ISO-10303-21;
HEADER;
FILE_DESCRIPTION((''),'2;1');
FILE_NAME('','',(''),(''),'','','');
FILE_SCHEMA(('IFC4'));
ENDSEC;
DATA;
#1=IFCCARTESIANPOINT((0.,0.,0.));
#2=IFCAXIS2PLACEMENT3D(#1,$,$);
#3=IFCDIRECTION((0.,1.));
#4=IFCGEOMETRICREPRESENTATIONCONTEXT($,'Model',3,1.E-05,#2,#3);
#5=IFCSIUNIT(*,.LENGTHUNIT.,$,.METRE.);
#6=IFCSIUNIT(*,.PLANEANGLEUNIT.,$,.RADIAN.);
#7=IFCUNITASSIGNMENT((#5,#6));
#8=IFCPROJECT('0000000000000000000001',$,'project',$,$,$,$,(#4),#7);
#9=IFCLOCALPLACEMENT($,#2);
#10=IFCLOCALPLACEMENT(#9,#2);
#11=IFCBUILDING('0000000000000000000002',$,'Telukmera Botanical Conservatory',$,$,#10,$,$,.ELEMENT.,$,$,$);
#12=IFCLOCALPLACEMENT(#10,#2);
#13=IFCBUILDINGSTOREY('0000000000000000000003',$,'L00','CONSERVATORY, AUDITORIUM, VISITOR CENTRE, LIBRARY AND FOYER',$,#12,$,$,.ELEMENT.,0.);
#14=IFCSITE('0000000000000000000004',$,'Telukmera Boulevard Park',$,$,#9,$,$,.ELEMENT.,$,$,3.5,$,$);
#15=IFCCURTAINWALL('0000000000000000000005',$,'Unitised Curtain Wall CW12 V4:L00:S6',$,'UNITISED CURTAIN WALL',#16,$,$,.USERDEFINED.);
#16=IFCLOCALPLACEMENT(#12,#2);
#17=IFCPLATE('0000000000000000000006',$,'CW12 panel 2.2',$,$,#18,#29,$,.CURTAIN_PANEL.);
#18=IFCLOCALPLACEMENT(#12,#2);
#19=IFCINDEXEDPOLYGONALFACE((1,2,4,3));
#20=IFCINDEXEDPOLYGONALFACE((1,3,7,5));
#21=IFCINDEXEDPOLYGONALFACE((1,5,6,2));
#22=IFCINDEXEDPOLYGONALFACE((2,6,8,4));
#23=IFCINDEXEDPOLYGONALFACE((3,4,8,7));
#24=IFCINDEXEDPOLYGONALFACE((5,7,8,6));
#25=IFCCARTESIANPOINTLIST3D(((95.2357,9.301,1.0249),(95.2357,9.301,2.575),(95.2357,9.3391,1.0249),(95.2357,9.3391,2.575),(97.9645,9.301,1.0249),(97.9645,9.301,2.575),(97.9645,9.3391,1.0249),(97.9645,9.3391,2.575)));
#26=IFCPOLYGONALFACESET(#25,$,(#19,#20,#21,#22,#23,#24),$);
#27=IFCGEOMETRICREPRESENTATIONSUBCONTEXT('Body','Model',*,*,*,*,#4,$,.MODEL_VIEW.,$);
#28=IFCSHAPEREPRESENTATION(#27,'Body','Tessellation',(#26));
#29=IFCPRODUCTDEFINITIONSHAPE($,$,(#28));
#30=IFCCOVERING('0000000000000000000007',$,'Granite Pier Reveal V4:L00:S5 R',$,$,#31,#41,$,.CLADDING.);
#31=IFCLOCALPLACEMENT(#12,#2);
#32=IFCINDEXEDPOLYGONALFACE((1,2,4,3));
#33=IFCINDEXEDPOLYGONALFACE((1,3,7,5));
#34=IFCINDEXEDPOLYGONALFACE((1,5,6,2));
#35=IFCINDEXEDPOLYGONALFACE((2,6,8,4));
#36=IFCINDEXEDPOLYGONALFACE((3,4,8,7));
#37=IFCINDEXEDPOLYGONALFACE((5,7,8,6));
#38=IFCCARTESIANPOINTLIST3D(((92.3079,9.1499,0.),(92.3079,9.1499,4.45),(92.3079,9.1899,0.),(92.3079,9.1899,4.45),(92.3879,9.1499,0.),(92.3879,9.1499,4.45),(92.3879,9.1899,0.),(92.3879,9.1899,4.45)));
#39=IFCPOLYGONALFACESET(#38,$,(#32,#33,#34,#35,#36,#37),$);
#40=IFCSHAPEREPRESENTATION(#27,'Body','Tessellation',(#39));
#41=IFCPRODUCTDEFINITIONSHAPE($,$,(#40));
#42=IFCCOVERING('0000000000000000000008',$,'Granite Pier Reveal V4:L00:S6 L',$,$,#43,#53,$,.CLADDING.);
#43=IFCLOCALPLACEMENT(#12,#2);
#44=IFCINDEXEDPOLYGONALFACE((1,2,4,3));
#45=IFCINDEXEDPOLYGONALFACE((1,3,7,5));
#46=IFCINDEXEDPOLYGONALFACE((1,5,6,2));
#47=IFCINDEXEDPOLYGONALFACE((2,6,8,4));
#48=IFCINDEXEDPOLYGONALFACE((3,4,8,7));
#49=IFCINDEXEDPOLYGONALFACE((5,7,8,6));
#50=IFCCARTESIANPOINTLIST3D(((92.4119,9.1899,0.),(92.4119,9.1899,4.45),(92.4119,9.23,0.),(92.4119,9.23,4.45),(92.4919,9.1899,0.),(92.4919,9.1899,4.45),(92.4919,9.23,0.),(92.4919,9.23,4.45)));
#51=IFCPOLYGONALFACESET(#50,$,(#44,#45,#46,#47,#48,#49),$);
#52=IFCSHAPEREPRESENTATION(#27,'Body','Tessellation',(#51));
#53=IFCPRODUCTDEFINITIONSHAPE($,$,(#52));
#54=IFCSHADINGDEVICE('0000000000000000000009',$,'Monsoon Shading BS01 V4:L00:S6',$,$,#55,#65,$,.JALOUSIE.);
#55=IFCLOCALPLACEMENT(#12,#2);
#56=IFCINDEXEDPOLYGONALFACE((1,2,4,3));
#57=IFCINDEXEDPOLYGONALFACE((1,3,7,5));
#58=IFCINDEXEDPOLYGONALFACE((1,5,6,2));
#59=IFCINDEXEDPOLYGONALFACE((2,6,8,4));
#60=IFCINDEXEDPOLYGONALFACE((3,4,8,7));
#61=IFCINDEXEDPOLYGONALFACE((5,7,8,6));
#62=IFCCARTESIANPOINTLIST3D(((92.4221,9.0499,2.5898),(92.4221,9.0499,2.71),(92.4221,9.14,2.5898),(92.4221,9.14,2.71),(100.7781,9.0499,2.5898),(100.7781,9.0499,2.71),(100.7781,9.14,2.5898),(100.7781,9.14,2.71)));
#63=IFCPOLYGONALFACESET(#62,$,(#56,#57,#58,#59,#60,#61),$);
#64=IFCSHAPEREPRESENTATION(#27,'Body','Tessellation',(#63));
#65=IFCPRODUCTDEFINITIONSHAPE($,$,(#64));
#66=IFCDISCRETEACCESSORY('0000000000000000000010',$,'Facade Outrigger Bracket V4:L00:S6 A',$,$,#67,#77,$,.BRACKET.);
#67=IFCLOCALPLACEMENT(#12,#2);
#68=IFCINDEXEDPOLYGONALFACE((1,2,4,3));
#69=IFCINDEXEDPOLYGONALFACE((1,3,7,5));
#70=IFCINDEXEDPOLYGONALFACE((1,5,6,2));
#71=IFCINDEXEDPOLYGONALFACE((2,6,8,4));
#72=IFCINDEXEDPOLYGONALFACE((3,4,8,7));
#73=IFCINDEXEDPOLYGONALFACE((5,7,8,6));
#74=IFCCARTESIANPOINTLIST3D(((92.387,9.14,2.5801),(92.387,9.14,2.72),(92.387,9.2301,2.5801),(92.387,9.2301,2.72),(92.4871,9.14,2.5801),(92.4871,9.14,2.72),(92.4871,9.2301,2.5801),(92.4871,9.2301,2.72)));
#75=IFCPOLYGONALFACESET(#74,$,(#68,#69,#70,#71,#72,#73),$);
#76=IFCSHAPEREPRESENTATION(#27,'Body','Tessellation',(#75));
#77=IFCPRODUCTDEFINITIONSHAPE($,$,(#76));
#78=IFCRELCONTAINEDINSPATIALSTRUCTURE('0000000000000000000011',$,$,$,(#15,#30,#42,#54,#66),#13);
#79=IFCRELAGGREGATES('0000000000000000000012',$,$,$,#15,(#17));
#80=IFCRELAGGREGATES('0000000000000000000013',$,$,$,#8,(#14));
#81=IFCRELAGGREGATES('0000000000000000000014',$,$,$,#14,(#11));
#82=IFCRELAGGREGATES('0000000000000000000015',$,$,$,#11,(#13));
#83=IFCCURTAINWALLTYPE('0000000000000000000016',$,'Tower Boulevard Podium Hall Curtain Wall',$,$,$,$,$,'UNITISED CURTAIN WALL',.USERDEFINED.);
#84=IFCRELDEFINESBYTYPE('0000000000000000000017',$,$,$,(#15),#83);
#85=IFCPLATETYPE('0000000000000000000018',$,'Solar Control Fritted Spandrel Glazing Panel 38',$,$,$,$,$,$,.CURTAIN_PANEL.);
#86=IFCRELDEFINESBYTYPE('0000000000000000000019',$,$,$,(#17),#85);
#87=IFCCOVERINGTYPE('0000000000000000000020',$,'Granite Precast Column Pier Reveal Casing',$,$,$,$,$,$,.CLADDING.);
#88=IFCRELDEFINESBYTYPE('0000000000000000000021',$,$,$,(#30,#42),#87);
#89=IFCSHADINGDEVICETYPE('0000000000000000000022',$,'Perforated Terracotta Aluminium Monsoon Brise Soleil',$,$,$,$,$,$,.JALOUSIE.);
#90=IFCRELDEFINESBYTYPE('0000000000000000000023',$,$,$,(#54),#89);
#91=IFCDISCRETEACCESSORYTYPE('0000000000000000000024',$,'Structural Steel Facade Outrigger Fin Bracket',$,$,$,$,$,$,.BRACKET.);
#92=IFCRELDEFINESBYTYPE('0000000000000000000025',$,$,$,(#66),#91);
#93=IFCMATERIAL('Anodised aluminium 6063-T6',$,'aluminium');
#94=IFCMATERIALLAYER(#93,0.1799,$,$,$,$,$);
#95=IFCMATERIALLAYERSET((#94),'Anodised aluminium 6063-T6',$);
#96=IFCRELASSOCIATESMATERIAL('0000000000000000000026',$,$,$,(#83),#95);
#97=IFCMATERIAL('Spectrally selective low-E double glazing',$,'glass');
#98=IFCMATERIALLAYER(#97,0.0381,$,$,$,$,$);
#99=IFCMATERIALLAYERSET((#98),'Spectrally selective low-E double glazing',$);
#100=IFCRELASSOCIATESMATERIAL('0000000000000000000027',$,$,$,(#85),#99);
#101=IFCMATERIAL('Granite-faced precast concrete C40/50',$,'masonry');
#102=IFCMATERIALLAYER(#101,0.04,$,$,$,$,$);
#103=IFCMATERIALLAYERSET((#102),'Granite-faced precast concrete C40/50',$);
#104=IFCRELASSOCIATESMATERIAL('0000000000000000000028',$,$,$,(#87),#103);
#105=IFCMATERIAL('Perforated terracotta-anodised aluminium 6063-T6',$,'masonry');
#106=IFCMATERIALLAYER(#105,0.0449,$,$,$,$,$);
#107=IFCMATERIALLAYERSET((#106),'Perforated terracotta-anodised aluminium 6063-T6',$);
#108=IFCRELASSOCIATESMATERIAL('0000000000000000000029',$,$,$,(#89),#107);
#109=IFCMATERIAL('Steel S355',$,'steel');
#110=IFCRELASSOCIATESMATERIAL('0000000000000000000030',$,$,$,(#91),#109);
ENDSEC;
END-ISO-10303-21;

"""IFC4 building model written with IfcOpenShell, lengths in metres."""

from ifc_helpers import new_model, si_unit, direction, frame, origin, origin_2d, place, context, subcontext, project, spatial, rectangle, extrude, material, layer, layer_set, type_object, element, aggregate, save


model = new_model("IFC4")

# Units and contexts
model_context = context("Model", 3, precision=1e-05, world=origin(), true_north=direction((0.0, 1.0)))
body_context = subcontext(model_context, "Body", "Model", "MODEL_VIEW")
ifc_project = project(units=[si_unit("LENGTHUNIT", "METRE"), si_unit("PLANEANGLEUNIT", "RADIAN")], contexts=[model_context])

# Site, building, storey
site_placement = place(None, origin())
site = spatial("IfcSite", under=ifc_project, at=site_placement, Name="Telukmera Boulevard Park", CompositionType="ELEMENT", RefElevation=3.5)
building_placement = place(site_placement, origin())
building = spatial("IfcBuilding", under=site, at=building_placement, Name="Telukmera Botanical Conservatory", CompositionType="ELEMENT")
storey_placement = place(building_placement, origin())
storey = spatial("IfcBuildingStorey", under=building, at=storey_placement, Name="L00", Description="CONSERVATORY, AUDITORIUM, VISITOR CENTRE, LIBRARY AND FOYER", CompositionType="ELEMENT", Elevation=0.0)

# Curtain wall, plate
ifc_material_1 = material(Name="Anodised aluminium 6063-T6", Category="aluminium")
ifc_layer_1 = layer(ifc_material_1, 0.1799)
ifc_layer_set_1 = layer_set([ifc_layer_1], Name="Anodised aluminium 6063-T6")
curtain_wall_type = type_object("IfcCurtainWallType", Name="Tower Boulevard Podium Hall Curtain Wall", ElementType="UNITISED CURTAIN WALL", PredefinedType="USERDEFINED", material=ifc_layer_set_1)
curtain_wall_placement = place(storey_placement, origin())
curtain_wall = element("IfcCurtainWall", 1, at=curtain_wall_placement, inside=storey, type_object=curtain_wall_type, Name="Unitised Curtain Wall CW12 V4:L00:S6", ObjectType="UNITISED CURTAIN WALL", PredefinedType="USERDEFINED")
ifc_material_2 = material(Name="Spectrally selective low-E double glazing", Category="glass")
ifc_layer_2 = layer(ifc_material_2, 0.0381)
ifc_layer_set_2 = layer_set([ifc_layer_2], Name="Spectrally selective low-E double glazing")
plate_type = type_object("IfcPlateType", Name="Solar Control Fritted Spandrel Glazing Panel 38", PredefinedType="CURTAIN_PANEL", material=ifc_layer_set_2)
plate_1_placement = place(storey_placement, frame((96.6001, 9.3201, 1.0249), z_axis=(0.0, 0.0, 1.0), x_axis=(1.0, 0.0, 0.0)))
plate_1 = element("IfcPlate", 2, at=plate_1_placement, type_object=plate_type, Name="CW12 panel 2.2", PredefinedType="CURTAIN_PANEL", context=body_context, shape_type="SweptSolid", body=[
    extrude(rectangle(XDim=2.7288, YDim=0.0381, at=origin_2d()), origin(), (0.0, 0.0, 1.0), 1.55),
])
aggregate(curtain_wall, [plate_1])

# Coverings
ifc_material_3 = material(Name="Granite-faced precast concrete C40/50", Category="masonry")
ifc_layer_3 = layer(ifc_material_3, 0.04)
ifc_layer_set_3 = layer_set([ifc_layer_3], Name="Granite-faced precast concrete C40/50")
covering_type = type_object("IfcCoveringType", Name="Granite Precast Column Pier Reveal Casing", PredefinedType="CLADDING", material=ifc_layer_set_3)
for number, where, z_axis, x_axis, name in (
    (3, (92.3479, 9.1699, 0.0), (0.0, 0.0, 1.0), (1.0, 0.0, 0.0), "Granite Pier Reveal V4:L00:S5 R"),
    (4, (92.4519, 9.21, 0.0), (0.0, 0.0, 1.0), (1.0, 0.0, 0.0), "Granite Pier Reveal V4:L00:S6 L"),
):
    element("IfcCovering", number, at=place(storey_placement, frame(where, z_axis=z_axis, x_axis=x_axis)), inside=storey, type_object=covering_type, Name=name, PredefinedType="CLADDING", context=body_context, shape_type="SweptSolid", body=[
        extrude(rectangle(XDim=0.0801, YDim=0.04, at=origin_2d()), origin(), (0.0, 0.0, 1.0), 4.45),
    ])

# Shading device
ifc_material_4 = material(Name="Perforated terracotta-anodised aluminium 6063-T6", Category="masonry")
ifc_layer_4 = layer(ifc_material_4, 0.0449)
ifc_layer_set_4 = layer_set([ifc_layer_4], Name="Perforated terracotta-anodised aluminium 6063-T6")
shading_device_type = type_object("IfcShadingDeviceType", Name="Perforated Terracotta Aluminium Monsoon Brise Soleil", PredefinedType="JALOUSIE", material=ifc_layer_set_4)
shading_device_placement = place(storey_placement, frame((96.6001, 9.095, 2.5898), z_axis=(0.0, 0.0, 1.0), x_axis=(1.0, 0.0, 0.0)))
element("IfcShadingDevice", 5, at=shading_device_placement, inside=storey, type_object=shading_device_type, Name="Monsoon Shading BS01 V4:L00:S6", PredefinedType="JALOUSIE", context=body_context, shape_type="SweptSolid", body=[
    extrude(rectangle(XDim=8.356, YDim=0.0901, at=origin_2d()), origin(), (0.0, 0.0, 1.0), 0.1201),
])

# Discrete accessory
ifc_material_5 = material(Name="Steel S355", Category="steel")
discrete_accessory_type = type_object("IfcDiscreteAccessoryType", Name="Structural Steel Facade Outrigger Fin Bracket", PredefinedType="BRACKET", material=ifc_material_5)
discrete_accessory_placement = place(storey_placement, frame((92.437, 9.1851, 2.5801), z_axis=(0.0, 0.0, 1.0), x_axis=(1.0, 0.0, 0.0)))
element("IfcDiscreteAccessory", 6, at=discrete_accessory_placement, inside=storey, type_object=discrete_accessory_type, Name="Facade Outrigger Bracket V4:L00:S6 A", PredefinedType="BRACKET", context=body_context, shape_type="SweptSolid", body=[
    extrude(rectangle(XDim=0.1001, YDim=0.0901, at=origin_2d()), origin(), (0.0, 0.0, 1.0), 0.1399),
])

save(model, "model.ifc")
